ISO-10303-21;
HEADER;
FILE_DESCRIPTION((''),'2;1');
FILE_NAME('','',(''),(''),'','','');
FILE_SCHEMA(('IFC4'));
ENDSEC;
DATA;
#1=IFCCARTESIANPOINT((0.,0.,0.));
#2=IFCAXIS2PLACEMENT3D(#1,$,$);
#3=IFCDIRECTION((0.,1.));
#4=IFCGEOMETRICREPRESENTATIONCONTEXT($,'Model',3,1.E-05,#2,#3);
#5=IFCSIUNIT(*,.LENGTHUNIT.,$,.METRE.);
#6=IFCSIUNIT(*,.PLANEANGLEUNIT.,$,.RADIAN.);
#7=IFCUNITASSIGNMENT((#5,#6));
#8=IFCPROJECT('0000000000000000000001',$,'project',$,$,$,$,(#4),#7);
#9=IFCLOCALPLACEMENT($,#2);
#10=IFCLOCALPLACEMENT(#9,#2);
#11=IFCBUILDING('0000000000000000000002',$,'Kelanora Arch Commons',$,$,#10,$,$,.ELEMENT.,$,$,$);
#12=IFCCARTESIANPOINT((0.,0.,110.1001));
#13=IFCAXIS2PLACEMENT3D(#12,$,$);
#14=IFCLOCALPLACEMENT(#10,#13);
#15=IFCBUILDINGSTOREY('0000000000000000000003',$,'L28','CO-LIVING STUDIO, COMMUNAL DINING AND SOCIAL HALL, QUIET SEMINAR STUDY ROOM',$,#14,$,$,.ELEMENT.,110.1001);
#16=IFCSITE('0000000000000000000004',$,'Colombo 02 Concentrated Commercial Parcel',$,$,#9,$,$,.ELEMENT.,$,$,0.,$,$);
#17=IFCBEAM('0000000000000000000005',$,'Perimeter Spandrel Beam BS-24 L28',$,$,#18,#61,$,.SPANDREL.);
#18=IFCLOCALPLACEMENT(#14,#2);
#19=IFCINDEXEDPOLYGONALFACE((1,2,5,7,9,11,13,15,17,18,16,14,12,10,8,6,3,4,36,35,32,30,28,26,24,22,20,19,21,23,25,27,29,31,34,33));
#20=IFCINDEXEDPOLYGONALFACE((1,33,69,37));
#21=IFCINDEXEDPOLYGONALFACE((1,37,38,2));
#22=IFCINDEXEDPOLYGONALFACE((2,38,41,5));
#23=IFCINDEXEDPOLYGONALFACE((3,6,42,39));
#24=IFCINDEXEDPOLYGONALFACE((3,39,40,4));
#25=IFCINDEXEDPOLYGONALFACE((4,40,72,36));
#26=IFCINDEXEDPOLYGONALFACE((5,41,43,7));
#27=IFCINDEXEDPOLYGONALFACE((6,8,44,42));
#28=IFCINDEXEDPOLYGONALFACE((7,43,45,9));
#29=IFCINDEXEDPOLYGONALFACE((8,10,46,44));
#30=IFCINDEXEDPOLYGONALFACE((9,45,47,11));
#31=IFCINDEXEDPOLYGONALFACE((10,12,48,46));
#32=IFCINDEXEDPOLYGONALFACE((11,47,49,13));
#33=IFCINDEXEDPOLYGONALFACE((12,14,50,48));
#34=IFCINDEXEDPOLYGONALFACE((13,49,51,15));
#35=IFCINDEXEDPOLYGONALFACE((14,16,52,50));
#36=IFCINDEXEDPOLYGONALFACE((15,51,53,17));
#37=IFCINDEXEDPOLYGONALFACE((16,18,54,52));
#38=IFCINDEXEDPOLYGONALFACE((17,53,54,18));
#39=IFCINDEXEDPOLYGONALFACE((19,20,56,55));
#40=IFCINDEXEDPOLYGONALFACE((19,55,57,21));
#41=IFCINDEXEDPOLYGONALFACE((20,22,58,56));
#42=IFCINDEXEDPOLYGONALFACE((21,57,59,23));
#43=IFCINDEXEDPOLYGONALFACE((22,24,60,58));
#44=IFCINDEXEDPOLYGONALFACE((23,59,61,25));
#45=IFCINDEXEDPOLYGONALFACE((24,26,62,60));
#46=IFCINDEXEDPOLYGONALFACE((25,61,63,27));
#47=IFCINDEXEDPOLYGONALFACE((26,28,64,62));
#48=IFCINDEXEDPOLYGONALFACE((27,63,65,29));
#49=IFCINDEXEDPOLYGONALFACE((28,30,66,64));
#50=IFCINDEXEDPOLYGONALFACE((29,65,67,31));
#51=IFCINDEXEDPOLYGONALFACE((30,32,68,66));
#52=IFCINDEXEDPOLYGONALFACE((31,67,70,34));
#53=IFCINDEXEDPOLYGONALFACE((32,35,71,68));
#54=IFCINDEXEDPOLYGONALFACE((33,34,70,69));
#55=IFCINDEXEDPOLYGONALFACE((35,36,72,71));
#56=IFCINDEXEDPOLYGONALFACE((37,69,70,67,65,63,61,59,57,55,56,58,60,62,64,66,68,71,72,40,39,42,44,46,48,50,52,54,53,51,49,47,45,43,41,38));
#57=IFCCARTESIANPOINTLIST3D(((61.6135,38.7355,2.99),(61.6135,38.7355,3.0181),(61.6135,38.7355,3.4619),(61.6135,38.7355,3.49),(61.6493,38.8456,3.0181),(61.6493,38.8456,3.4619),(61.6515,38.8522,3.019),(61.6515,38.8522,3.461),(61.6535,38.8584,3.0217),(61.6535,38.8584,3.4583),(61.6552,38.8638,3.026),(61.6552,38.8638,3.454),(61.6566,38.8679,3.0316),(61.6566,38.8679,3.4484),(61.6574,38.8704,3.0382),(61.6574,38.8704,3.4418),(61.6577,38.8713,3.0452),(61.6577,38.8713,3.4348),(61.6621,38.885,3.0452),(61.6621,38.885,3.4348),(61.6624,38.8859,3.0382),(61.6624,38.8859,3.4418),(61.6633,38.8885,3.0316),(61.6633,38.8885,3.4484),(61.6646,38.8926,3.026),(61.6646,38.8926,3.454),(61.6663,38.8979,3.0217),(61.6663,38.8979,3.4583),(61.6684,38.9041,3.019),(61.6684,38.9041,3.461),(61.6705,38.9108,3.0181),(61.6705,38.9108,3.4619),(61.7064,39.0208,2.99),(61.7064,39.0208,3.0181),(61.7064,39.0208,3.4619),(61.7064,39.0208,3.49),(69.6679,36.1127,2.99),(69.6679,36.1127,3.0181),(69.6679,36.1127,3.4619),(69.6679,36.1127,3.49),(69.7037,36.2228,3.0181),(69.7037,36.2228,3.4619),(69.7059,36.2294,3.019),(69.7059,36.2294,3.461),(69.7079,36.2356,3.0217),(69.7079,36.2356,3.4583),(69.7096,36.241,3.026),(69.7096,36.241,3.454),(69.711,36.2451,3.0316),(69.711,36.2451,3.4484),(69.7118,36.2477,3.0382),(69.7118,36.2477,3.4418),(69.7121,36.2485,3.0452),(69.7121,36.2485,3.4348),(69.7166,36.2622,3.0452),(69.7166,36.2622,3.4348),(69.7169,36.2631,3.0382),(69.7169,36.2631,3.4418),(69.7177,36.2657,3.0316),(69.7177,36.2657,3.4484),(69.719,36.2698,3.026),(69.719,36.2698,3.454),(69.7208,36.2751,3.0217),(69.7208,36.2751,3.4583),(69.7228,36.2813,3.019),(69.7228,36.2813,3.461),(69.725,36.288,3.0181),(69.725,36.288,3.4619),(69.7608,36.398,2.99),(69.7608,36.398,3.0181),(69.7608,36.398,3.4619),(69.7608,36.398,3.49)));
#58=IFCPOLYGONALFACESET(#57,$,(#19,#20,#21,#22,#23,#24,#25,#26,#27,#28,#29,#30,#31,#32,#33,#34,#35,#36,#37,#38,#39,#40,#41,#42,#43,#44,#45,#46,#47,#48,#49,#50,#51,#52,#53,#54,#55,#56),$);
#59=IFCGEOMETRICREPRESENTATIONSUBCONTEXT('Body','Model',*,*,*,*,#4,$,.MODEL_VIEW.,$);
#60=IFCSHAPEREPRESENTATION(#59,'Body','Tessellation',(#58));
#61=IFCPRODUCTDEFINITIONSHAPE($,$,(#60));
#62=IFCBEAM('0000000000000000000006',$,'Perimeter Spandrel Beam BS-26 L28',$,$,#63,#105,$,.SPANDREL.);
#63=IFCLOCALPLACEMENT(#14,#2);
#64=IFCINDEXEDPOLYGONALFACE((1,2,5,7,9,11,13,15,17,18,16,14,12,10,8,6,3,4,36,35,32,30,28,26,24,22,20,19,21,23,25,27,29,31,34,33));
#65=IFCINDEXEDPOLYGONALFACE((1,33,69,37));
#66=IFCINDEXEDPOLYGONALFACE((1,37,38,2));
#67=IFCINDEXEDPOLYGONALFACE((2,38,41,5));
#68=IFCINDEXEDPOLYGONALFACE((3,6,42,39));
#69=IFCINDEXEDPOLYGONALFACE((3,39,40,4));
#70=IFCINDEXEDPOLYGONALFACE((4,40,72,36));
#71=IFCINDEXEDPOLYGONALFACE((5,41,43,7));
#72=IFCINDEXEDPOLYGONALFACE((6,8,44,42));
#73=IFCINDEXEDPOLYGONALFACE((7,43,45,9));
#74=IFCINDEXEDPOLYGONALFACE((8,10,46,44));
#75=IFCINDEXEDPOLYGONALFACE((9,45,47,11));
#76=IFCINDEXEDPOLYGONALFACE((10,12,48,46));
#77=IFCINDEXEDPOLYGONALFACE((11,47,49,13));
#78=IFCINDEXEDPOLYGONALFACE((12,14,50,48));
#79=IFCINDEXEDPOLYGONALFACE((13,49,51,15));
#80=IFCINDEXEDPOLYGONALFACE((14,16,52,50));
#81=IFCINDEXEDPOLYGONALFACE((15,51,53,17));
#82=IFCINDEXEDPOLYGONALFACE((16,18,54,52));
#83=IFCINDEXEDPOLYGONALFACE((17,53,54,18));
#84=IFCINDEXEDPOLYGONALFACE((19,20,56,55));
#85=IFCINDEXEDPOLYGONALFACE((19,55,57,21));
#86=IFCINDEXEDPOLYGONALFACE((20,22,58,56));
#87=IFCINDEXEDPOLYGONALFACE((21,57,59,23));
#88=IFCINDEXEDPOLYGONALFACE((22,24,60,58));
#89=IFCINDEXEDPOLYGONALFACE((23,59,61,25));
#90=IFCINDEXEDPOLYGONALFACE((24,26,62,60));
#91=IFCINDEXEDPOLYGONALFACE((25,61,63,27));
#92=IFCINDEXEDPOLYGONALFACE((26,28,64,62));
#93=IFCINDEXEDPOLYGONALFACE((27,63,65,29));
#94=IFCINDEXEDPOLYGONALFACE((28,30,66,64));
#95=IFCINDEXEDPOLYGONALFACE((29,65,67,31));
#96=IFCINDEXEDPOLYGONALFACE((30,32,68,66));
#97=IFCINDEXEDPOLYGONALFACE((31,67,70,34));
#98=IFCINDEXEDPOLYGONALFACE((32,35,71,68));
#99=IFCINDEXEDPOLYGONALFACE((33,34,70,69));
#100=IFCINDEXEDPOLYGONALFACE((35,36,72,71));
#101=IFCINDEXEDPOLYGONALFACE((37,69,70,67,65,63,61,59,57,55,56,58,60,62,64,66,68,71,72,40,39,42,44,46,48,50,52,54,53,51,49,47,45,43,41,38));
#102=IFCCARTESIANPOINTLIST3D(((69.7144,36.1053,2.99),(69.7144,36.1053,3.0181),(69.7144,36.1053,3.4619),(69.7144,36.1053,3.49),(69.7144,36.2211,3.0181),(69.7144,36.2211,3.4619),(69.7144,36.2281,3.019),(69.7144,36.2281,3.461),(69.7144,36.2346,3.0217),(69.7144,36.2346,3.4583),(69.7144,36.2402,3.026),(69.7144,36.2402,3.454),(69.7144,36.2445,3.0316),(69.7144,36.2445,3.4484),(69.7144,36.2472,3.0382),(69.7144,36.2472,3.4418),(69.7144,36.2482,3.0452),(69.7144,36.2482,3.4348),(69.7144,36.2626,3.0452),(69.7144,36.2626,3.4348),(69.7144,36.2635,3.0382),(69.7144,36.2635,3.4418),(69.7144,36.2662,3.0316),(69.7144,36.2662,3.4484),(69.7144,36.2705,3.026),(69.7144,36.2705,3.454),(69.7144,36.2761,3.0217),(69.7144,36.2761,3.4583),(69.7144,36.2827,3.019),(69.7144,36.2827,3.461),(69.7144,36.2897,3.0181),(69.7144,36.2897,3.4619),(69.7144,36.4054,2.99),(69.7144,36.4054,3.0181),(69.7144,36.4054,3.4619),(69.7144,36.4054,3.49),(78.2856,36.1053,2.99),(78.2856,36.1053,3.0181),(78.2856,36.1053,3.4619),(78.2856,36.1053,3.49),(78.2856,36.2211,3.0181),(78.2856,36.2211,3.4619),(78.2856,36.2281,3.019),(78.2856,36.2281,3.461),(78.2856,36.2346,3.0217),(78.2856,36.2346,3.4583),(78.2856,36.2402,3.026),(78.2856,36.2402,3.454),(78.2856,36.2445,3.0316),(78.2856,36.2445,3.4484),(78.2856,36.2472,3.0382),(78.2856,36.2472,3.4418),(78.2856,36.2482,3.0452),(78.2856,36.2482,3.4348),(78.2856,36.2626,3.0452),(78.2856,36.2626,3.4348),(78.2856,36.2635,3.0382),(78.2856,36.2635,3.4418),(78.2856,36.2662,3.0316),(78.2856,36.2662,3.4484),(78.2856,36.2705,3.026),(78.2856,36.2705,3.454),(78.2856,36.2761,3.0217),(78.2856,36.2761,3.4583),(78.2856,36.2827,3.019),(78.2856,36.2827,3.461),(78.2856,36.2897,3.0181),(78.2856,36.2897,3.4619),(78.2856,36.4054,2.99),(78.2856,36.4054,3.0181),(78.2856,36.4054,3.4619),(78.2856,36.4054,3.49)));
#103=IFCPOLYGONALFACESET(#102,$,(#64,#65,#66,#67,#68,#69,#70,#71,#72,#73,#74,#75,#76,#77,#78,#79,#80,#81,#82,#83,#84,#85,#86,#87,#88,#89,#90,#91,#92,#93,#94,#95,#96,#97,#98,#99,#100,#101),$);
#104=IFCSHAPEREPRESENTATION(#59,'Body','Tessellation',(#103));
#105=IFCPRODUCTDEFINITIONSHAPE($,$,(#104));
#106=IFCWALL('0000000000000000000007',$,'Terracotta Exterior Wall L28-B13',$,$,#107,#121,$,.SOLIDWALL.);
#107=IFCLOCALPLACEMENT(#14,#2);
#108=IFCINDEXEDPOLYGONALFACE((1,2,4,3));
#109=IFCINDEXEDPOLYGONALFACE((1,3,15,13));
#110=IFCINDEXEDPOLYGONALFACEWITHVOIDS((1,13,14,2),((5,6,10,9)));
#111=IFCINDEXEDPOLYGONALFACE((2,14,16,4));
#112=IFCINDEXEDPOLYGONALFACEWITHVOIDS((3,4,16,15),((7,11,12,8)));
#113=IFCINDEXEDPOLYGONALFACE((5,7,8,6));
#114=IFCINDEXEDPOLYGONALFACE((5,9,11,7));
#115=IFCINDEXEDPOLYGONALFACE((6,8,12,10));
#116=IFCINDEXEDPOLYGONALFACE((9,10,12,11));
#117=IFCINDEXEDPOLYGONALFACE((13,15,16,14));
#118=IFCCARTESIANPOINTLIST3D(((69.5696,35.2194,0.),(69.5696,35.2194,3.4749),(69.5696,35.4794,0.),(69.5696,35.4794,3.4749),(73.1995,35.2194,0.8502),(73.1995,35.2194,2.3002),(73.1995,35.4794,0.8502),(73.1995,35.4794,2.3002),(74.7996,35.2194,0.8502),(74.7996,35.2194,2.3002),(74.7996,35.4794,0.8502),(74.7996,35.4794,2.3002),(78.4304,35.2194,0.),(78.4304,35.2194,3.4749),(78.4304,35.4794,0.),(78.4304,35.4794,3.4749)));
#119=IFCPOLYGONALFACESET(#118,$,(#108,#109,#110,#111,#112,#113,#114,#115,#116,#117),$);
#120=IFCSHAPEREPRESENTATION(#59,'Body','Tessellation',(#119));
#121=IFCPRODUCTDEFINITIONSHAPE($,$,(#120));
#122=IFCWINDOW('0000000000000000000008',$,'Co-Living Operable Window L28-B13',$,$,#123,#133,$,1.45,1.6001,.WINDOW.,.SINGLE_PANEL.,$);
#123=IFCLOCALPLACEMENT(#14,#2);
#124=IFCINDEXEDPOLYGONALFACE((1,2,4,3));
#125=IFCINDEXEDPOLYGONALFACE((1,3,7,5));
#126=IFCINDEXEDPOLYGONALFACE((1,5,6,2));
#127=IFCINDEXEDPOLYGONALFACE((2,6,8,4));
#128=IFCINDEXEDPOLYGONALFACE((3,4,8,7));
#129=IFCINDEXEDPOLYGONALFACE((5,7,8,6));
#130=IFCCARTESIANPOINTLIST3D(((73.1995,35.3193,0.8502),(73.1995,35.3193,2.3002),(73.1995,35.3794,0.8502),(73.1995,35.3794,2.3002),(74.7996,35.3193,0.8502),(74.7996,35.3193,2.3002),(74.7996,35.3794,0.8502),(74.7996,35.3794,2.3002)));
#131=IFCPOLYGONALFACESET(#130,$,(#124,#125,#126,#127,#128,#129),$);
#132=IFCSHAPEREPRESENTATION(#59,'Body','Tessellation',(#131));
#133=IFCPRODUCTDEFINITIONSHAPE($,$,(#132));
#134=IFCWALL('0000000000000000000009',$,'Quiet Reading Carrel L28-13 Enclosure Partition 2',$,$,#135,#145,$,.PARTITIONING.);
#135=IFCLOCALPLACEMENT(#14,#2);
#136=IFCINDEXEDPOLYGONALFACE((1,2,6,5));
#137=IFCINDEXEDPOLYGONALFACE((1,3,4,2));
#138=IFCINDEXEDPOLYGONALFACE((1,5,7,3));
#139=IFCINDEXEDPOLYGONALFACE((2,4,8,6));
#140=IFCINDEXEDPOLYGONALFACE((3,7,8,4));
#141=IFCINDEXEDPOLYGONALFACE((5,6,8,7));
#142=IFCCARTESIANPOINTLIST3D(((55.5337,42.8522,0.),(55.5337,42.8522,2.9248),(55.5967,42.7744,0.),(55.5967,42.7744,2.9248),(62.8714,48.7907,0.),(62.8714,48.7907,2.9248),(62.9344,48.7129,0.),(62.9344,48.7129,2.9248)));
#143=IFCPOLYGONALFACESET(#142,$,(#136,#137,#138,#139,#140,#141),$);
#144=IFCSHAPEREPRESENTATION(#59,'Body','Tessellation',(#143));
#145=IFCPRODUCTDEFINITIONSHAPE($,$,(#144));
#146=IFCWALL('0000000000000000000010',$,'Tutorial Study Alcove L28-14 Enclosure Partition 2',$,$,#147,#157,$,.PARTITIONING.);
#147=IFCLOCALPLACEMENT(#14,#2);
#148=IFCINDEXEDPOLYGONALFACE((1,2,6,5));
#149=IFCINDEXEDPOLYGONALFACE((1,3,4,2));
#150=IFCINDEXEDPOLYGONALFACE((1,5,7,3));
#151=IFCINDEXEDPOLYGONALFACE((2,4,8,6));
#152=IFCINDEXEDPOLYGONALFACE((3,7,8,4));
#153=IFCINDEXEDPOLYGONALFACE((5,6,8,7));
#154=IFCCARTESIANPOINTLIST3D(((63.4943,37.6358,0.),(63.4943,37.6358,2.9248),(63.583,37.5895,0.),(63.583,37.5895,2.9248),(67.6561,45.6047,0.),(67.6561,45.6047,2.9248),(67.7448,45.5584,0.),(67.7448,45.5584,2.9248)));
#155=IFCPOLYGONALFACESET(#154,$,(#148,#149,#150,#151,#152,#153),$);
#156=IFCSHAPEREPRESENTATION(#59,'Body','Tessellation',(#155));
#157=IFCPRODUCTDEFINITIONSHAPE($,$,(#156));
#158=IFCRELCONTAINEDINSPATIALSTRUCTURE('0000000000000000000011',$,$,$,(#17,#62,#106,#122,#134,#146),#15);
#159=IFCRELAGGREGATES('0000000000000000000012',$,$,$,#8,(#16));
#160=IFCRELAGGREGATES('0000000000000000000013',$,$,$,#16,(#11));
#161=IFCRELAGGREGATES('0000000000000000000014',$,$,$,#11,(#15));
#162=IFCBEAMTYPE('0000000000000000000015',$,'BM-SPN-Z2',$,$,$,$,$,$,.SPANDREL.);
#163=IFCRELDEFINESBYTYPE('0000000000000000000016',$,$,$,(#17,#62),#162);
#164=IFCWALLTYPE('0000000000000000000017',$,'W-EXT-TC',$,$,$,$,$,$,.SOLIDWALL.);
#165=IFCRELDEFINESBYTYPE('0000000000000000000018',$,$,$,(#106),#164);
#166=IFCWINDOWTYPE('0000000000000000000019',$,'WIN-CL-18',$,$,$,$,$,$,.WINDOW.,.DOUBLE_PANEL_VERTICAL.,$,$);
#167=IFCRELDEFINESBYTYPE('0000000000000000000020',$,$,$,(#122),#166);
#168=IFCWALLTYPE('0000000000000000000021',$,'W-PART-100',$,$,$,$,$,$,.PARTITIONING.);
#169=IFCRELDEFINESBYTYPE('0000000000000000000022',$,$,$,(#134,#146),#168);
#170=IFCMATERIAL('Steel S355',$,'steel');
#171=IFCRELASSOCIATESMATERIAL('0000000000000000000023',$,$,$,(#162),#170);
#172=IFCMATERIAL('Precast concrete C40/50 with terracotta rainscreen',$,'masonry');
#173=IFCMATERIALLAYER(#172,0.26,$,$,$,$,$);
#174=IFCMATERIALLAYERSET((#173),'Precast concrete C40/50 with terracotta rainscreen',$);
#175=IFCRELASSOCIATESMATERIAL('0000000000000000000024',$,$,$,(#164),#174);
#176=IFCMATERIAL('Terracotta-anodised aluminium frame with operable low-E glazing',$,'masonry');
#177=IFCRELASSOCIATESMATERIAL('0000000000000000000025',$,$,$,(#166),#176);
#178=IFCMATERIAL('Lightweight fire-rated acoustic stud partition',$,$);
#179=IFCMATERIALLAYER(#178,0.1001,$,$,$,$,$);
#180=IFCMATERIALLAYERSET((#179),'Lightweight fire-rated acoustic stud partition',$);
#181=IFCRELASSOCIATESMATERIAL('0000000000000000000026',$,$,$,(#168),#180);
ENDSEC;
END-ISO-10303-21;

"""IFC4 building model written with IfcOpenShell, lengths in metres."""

from ifc_helpers import new_model, si_unit, direction, frame, frame_2d, origin, origin_2d, place, context, subcontext, project, spatial, rectangle, i_section, extrude, material, layer, layer_set, material_profile, profile_set, type_object, element, fill, save


model = new_model("IFC4")

# Units and contexts
model_context = context("Model", 3, precision=1e-05, world=origin(), true_north=direction((0.0, 1.0)))
body_context = subcontext(model_context, "Body", "Model", "MODEL_VIEW")
ifc_project = project(units=[si_unit("LENGTHUNIT", "METRE"), si_unit("PLANEANGLEUNIT", "RADIAN")], contexts=[model_context])

# Site, building, storey
site_placement = place(None, origin())
site = spatial("IfcSite", under=ifc_project, at=site_placement, Name="Colombo 02 Concentrated Commercial Parcel", CompositionType="ELEMENT", RefElevation=0.0)
building_placement = place(site_placement, origin())
building = spatial("IfcBuilding", under=site, at=building_placement, Name="Kelanora Arch Commons", CompositionType="ELEMENT")
storey_placement = place(building_placement, frame((0.0, 0.0, 110.1001)))
storey = spatial("IfcBuildingStorey", under=building, at=storey_placement, Name="L28", Description="CO-LIVING STUDIO, COMMUNAL DINING AND SOCIAL HALL, QUIET SEMINAR STUDY ROOM", CompositionType="ELEMENT", Elevation=110.1001)

# Beams
ifc_material_1 = material(Name="Steel S355", Category="steel")
ifc_material_profile_1 = material_profile(ifc_material_1, i_section(OverallWidth=0.3, OverallDepth=0.5, WebThickness=0.0144, FlangeThickness=0.0281, FilletRadius=0.0271, at=origin_2d()), Name="HEB500")
ifc_profile_set_1 = profile_set([ifc_material_profile_1], Name="Steel S355")
beam_type_1 = type_object("IfcBeamType", Name="BM-SPN-Z2", PredefinedType="SPANDREL", material=ifc_profile_set_1)
beam_1_placement = place(storey_placement, frame((61.6599, 38.8782, 3.24), z_axis=(0.950857, -0.309631, 0.0), x_axis=(0.309631, 0.950857, 0.0)))
element("IfcBeam", 1, at=beam_1_placement, inside=storey, type_object=beam_type_1, Name="Perimeter Spandrel Beam BS-24 L28", PredefinedType="SPANDREL", context=body_context, shape_type="SweptSolid", body=[
    extrude(i_section(OverallWidth=0.3, OverallDepth=0.5, WebThickness=0.0144, FlangeThickness=0.0281, FilletRadius=0.0271, at=origin_2d()), origin(), (0.0, 0.0, 1.0), 8.4707),
])
beam_2_placement = place(storey_placement, frame((69.7144, 36.2554, 3.24), z_axis=(1.0, 0.0, 0.0), x_axis=(0.0, 1.0, 0.0)))
element("IfcBeam", 2, at=beam_2_placement, inside=storey, type_object=beam_type_1, Name="Perimeter Spandrel Beam BS-26 L28", PredefinedType="SPANDREL", context=body_context, shape_type="SweptSolid", body=[
    extrude(i_section(OverallWidth=0.3, OverallDepth=0.5, WebThickness=0.0144, FlangeThickness=0.0281, FilletRadius=0.0271, at=origin_2d()), origin(), (0.0, 0.0, 1.0), 8.5713),
])

# Wall, opening, window
ifc_material_2 = material(Name="Precast concrete C40/50 with terracotta rainscreen", Category="masonry")
ifc_layer_1 = layer(ifc_material_2, 0.26)
ifc_layer_set_1 = layer_set([ifc_layer_1], Name="Precast concrete C40/50 with terracotta rainscreen")
wall_type_1 = type_object("IfcWallType", Name="W-EXT-TC", PredefinedType="SOLIDWALL", material=ifc_layer_set_1)
wall_1_placement = place(storey_placement, frame((69.5696, 35.3494, 0.0), z_axis=(0.0, 0.0, 1.0), x_axis=(1.0, 0.0, 0.0)))
wall_1 = element("IfcWall", 3, at=wall_1_placement, inside=storey, type_object=wall_type_1, Name="Terracotta Exterior Wall L28-B13", PredefinedType="SOLIDWALL", context=body_context, shape_type="SweptSolid", body=[
    extrude(rectangle(XDim=8.8608, YDim=0.26, at=frame_2d((4.4304, 0.0))), origin(), (0.0, 0.0, 1.0), 3.4749),
])
opening_1_placement = place(wall_1_placement, frame((3.6299, 0.0, 0.8501)))
opening_1 = element("IfcOpeningElement", 4, at=opening_1_placement, cuts=wall_1, PredefinedType="OPENING", context=body_context, shape_type="SweptSolid", body=[
    extrude(rectangle(XDim=1.6001, YDim=1.45, at=frame_2d((0.8, 0.7251))), frame((0.0, 0.1401, 0.0), z_axis=(0.0, -1.0, 0.0), x_axis=(1.0, 0.0, 0.0)), (0.0, 0.0, 1.0), 0.28),
])
ifc_material_3 = material(Name="Terracotta-anodised aluminium frame with operable low-E glazing", Category="masonry")
window_type = type_object("IfcWindowType", Name="WIN-CL-18", PartitioningType="DOUBLE_PANEL_VERTICAL", PredefinedType="WINDOW", material=ifc_material_3)
window_placement = place(opening_1_placement, origin())
window = element("IfcWindow", 5, at=window_placement, inside=storey, type_object=window_type, Name="Co-Living Operable Window L28-B13", OverallHeight=1.45, OverallWidth=1.6001, PartitioningType="SINGLE_PANEL", PredefinedType="WINDOW", context=body_context, shape_type="SweptSolid", body=[
    extrude(rectangle(XDim=1.6001, YDim=1.45, at=frame_2d((0.8, 0.7251))), frame((0.0, 0.03, 0.0), z_axis=(0.0, -1.0, 0.0), x_axis=(1.0, 0.0, 0.0)), (0.0, 0.0, 1.0), 0.0601),
])
fill(opening_1, window)

# Walls
ifc_material_4 = material(Name="Lightweight fire-rated acoustic stud partition")
ifc_layer_2 = layer(ifc_material_4, 0.1001)
ifc_layer_set_2 = layer_set([ifc_layer_2], Name="Lightweight fire-rated acoustic stud partition")
wall_type_2 = type_object("IfcWallType", Name="W-PART-100", PredefinedType="PARTITIONING", material=ifc_layer_set_2)
wall_2_placement = place(storey_placement, frame((62.9028, 48.7517, 0.0), z_axis=(0.0, 0.0, 1.0), x_axis=(-0.777324, -0.629101, 0.0)))
element("IfcWall", 6, at=wall_2_placement, inside=storey, type_object=wall_type_2, Name="Quiet Reading Carrel L28-13 Enclosure Partition 2", PredefinedType="PARTITIONING", context=body_context, shape_type="SweptSolid", body=[
    extrude(rectangle(XDim=9.4397, YDim=0.1001, at=frame_2d((4.7197, 0.0))), origin(), (0.0, 0.0, 1.0), 2.9248),
])
wall_3_placement = place(storey_placement, frame((67.7004, 45.5815, 0.0), z_axis=(0.0, 0.0, 1.0), x_axis=(-0.462927, -0.886396, 0.0)))
element("IfcWall", 7, at=wall_3_placement, inside=storey, type_object=wall_type_2, Name="Tutorial Study Alcove L28-14 Enclosure Partition 2", PredefinedType="PARTITIONING", context=body_context, shape_type="SweptSolid", body=[
    extrude(rectangle(XDim=8.9902, YDim=0.1001, at=frame_2d((4.4951, 0.0))), origin(), (0.0, 0.0, 1.0), 2.9248),
])

save(model, "model.ifc")
